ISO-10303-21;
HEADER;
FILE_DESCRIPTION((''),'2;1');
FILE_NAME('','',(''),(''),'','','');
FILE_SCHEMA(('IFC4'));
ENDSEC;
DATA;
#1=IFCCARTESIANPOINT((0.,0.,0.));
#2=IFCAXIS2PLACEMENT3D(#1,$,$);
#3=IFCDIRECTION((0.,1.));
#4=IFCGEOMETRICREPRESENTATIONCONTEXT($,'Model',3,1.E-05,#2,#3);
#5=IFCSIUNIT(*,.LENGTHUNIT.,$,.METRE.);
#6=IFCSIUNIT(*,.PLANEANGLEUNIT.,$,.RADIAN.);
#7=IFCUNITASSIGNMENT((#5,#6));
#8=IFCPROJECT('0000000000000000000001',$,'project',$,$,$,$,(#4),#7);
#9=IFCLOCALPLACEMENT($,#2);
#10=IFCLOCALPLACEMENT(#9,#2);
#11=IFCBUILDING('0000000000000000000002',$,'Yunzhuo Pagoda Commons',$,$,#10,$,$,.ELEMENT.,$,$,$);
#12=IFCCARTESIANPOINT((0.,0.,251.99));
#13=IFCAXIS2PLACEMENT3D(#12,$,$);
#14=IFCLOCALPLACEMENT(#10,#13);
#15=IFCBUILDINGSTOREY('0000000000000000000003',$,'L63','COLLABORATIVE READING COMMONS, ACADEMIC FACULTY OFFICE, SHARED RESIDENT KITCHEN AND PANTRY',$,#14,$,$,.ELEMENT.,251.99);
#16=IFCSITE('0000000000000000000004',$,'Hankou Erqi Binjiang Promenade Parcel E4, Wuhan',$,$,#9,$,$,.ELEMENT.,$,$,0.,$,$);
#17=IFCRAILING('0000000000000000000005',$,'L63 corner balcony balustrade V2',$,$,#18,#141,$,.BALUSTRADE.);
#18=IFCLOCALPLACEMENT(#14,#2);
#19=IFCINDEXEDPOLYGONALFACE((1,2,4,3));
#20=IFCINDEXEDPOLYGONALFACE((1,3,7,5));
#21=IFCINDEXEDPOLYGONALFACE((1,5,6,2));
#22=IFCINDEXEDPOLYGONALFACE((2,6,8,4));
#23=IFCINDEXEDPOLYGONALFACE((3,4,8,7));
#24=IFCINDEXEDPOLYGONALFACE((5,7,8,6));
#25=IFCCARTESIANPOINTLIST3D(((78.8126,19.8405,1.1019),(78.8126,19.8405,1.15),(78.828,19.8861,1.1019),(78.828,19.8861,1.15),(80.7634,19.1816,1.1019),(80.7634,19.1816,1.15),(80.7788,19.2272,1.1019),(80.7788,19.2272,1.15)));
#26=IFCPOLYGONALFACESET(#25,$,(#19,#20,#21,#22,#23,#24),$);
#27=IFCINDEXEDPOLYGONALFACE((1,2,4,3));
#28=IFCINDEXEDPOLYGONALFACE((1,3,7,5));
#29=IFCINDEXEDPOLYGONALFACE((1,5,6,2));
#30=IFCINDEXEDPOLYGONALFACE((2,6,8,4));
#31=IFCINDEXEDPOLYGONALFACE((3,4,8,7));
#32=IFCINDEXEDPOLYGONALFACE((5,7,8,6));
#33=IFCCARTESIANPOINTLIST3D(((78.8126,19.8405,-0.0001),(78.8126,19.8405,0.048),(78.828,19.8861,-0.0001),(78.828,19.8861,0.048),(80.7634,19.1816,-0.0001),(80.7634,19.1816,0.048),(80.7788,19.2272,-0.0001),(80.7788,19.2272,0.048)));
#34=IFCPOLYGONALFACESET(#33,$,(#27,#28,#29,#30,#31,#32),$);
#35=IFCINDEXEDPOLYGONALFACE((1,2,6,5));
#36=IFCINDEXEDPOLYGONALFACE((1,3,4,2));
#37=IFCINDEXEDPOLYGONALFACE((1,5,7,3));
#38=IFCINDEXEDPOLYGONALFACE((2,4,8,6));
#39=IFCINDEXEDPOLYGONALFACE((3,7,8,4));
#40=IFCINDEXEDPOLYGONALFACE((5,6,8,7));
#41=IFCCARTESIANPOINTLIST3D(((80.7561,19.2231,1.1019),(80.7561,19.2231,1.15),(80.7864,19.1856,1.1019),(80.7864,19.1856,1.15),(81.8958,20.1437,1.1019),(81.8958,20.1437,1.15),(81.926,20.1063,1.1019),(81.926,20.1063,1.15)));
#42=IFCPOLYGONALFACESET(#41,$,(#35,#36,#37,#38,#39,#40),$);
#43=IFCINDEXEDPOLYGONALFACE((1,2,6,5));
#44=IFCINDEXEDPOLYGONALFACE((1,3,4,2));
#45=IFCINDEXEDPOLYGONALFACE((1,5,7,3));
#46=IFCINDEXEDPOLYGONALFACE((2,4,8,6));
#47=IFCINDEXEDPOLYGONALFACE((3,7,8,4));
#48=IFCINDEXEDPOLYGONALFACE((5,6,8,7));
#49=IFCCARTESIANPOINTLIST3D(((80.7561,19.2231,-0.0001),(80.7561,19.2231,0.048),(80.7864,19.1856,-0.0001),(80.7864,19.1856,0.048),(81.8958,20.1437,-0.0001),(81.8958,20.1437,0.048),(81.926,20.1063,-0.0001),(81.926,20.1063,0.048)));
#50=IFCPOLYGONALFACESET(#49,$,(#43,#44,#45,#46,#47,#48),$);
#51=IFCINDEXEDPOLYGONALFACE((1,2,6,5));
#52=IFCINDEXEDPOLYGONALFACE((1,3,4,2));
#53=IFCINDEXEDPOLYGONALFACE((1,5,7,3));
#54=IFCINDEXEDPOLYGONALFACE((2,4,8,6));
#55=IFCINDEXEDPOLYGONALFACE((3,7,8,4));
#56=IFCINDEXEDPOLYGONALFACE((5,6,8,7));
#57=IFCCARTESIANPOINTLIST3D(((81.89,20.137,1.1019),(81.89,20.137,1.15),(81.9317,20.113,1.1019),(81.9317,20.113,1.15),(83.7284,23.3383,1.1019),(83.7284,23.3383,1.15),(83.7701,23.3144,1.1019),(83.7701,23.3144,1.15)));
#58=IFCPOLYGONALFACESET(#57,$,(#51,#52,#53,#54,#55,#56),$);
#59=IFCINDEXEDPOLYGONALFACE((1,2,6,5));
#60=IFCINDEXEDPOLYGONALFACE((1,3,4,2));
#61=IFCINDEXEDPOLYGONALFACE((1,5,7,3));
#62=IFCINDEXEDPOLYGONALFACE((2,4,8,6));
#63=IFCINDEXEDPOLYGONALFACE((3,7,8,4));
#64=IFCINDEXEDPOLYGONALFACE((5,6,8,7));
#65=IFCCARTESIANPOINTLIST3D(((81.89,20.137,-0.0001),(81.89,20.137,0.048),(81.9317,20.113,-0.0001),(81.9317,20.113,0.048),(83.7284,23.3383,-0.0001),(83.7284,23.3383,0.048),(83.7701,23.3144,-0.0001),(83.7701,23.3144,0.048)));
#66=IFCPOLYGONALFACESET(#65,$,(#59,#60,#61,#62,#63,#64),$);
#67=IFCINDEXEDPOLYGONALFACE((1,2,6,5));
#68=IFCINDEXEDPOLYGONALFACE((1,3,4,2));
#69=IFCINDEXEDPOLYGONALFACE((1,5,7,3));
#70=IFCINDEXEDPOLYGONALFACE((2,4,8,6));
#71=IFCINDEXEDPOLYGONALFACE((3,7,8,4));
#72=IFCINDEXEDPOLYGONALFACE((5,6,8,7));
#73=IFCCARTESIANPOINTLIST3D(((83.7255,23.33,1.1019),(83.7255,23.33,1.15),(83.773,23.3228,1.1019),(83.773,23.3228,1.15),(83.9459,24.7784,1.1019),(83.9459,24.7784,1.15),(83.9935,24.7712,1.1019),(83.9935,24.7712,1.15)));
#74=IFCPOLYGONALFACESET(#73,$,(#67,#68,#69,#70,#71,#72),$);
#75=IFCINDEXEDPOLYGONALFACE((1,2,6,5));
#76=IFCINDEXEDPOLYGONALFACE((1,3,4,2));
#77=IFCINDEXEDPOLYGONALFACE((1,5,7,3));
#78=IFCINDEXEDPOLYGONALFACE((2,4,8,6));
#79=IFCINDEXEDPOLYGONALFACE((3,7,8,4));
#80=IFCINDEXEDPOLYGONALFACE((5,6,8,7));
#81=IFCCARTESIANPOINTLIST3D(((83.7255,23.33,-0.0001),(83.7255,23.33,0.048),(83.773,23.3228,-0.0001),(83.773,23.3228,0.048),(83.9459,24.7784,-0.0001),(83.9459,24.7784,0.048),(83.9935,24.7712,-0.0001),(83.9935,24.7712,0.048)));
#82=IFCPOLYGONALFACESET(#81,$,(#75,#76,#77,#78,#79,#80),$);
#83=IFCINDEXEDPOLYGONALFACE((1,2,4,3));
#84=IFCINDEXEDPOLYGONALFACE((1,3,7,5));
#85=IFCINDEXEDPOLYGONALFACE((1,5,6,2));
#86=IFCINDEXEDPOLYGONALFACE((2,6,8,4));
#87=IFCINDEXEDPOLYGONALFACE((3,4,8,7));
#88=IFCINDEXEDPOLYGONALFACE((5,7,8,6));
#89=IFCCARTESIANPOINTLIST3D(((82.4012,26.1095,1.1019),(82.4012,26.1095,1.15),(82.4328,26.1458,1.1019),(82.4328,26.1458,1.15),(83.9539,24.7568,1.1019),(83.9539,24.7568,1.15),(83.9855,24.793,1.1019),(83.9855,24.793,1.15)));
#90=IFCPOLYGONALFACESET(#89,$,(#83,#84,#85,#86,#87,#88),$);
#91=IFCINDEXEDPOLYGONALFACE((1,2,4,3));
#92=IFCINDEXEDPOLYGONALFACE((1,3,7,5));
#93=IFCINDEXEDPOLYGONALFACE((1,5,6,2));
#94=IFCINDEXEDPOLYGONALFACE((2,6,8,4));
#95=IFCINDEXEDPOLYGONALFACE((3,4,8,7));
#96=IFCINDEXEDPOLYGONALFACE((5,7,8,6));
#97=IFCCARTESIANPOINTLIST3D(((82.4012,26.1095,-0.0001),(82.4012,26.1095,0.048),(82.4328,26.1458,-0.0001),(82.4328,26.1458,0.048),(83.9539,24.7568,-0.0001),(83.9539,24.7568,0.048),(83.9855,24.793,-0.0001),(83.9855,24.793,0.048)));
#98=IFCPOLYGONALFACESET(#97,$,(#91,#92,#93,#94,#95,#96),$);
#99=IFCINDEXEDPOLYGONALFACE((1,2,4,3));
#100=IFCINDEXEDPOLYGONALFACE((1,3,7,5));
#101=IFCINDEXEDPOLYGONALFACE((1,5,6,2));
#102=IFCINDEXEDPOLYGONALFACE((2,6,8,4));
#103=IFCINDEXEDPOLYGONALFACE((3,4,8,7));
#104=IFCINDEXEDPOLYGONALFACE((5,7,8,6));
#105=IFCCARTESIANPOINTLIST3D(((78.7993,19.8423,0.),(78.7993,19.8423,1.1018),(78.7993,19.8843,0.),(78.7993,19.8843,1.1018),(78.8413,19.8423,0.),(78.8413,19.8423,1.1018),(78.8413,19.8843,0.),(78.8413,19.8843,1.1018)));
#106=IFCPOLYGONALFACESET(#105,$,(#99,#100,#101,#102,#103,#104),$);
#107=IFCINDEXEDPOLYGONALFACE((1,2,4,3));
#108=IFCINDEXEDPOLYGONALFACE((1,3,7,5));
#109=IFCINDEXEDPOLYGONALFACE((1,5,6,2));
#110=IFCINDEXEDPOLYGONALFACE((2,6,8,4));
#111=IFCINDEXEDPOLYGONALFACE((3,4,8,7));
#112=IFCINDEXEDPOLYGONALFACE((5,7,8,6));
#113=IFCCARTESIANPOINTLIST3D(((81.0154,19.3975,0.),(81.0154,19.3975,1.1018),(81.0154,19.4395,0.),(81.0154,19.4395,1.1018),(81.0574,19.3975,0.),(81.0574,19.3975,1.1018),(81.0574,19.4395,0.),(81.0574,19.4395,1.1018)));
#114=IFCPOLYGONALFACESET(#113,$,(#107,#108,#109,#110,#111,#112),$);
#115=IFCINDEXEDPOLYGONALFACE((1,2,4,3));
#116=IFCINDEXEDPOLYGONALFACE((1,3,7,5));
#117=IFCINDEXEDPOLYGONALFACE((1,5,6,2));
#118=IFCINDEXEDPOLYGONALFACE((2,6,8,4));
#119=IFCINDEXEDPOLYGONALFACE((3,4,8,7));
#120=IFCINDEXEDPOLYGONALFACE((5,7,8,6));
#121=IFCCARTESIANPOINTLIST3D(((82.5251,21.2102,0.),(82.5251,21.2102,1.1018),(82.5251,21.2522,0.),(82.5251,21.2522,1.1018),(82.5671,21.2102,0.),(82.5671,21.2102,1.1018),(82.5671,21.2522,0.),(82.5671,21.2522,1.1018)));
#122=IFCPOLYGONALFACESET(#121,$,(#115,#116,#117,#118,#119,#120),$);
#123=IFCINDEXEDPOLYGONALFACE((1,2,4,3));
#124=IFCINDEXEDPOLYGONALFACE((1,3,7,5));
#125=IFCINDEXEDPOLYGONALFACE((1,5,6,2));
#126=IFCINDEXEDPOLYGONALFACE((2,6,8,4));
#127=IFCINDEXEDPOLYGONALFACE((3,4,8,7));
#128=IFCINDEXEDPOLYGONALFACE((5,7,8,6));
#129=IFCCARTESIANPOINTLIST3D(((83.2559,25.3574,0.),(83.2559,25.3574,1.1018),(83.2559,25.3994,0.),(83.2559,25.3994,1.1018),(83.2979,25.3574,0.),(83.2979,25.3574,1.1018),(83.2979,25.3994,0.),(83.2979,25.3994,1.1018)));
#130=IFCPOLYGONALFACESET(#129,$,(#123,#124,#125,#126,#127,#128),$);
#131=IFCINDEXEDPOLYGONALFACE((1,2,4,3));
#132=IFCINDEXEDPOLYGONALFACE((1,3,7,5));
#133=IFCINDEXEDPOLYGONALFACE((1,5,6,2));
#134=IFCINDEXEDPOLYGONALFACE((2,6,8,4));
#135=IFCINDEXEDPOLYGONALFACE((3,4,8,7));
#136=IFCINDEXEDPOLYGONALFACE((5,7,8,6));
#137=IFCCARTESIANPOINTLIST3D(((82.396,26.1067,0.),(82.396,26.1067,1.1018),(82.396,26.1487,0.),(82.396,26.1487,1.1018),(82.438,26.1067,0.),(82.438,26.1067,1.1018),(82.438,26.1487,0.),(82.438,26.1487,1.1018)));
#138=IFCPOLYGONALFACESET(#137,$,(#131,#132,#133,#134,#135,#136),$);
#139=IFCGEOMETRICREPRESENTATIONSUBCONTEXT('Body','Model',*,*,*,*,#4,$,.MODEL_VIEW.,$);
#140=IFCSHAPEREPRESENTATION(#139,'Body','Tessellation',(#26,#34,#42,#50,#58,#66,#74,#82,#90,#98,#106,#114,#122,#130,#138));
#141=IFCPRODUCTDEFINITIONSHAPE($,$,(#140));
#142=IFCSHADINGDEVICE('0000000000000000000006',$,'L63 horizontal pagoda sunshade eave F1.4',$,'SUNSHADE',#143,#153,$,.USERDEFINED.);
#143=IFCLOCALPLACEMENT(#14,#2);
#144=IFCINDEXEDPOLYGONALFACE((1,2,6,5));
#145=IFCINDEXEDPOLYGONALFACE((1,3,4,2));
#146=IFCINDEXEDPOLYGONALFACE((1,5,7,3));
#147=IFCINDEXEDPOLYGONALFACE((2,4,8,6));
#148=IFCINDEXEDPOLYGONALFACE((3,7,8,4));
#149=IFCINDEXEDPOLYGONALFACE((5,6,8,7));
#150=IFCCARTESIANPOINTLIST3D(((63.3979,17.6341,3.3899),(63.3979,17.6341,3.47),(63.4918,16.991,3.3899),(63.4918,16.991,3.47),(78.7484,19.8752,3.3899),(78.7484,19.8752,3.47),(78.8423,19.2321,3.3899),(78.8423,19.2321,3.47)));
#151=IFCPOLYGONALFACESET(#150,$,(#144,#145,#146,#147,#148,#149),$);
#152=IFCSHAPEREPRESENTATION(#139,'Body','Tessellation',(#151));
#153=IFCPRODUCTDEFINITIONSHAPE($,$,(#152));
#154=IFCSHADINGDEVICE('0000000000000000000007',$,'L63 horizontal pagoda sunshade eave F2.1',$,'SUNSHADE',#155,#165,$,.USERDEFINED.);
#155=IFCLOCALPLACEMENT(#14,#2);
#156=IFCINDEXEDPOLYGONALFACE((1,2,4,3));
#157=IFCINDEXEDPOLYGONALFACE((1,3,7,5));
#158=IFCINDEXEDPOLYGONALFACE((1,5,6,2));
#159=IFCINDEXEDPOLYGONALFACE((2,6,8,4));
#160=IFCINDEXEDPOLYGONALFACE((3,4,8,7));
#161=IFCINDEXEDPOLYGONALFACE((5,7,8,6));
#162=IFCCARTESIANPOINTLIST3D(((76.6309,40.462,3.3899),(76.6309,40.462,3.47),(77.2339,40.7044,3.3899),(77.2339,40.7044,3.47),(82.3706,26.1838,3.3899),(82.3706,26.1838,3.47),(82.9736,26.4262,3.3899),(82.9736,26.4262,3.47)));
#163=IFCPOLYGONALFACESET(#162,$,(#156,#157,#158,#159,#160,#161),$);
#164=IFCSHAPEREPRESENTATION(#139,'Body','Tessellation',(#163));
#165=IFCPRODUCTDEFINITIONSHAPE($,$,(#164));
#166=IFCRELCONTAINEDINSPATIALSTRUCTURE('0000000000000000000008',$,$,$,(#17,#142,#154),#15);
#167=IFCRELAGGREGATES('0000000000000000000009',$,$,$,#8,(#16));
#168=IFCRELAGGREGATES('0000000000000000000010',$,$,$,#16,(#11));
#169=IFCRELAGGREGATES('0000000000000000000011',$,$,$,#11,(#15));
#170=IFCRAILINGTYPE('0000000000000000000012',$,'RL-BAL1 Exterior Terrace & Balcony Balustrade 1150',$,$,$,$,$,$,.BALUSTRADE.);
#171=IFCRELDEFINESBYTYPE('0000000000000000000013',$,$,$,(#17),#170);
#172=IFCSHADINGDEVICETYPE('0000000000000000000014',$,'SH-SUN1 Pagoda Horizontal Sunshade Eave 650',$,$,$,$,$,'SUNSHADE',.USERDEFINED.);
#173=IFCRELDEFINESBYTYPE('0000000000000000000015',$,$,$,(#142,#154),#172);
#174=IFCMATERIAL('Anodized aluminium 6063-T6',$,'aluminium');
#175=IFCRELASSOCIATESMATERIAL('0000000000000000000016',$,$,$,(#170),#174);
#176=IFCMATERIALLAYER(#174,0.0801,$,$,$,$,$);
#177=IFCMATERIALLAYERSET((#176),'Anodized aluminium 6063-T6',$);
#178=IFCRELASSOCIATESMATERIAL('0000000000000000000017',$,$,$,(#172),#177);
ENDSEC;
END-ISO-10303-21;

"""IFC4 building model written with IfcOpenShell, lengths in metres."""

from ifc_helpers import new_model, si_unit, direction, frame, origin, origin_2d, place, context, subcontext, project, spatial, rectangle, extrude, source, transform, mapped, material, layer, layer_set, type_object, element, save


model = new_model("IFC4")

# Units and contexts
model_context = context("Model", 3, precision=1e-05, world=origin(), true_north=direction((0.0, 1.0)))
body_context = subcontext(model_context, "Body", "Model", "MODEL_VIEW")
ifc_project = project(units=[si_unit("LENGTHUNIT", "METRE"), si_unit("PLANEANGLEUNIT", "RADIAN")], contexts=[model_context])

# Site, building, storey
site_placement = place(None, origin())
site = spatial("IfcSite", under=ifc_project, at=site_placement, Name="Hankou Erqi Binjiang Promenade Parcel E4, Wuhan", CompositionType="ELEMENT", RefElevation=0.0)
building_placement = place(site_placement, origin())
building = spatial("IfcBuilding", under=site, at=building_placement, Name="Yunzhuo Pagoda Commons", CompositionType="ELEMENT")
storey_placement = place(building_placement, frame((0.0, 0.0, 251.99)))
storey = spatial("IfcBuildingStorey", under=building, at=storey_placement, Name="L63", Description="COLLABORATIVE READING COMMONS, ACADEMIC FACULTY OFFICE, SHARED RESIDENT KITCHEN AND PANTRY", CompositionType="ELEMENT", Elevation=251.99)

# Shared definitions
ifc_material_1 = material(Name="Anodized aluminium 6063-T6", Category="aluminium")

# Railing
railing_type = type_object("IfcRailingType", Name="RL-BAL1 Exterior Terrace & Balcony Balustrade 1150", PredefinedType="BALUSTRADE", material=ifc_material_1)
railing_placement = place(storey_placement, frame((78.8203, 19.8633, 0.0)))
element("IfcRailing", 1, at=railing_placement, inside=storey, type_object=railing_type, Name="L63 corner balcony balustrade V2", PredefinedType="BALUSTRADE", context=body_context, shape_type="SweptSolid", body=[
    extrude(rectangle(XDim=0.0481, YDim=0.0481, at=origin_2d()), frame((0.0, 0.0, 1.126), z_axis=(0.947419, -0.319996, 0.0), x_axis=(0.319996, 0.947419, 0.0)), (0.0, 0.0, 1.0), 2.0591),
    extrude(rectangle(XDim=0.0481, YDim=0.0481, at=origin_2d()), frame((0.0, 0.0, 0.0239), z_axis=(0.947419, -0.319996, 0.0), x_axis=(0.319996, 0.947419, 0.0)), (0.0, 0.0, 1.0), 2.0591),
    extrude(rectangle(XDim=0.0481, YDim=0.0481, at=origin_2d()), frame((1.9509, -0.6589, 1.126), z_axis=(0.777885, 0.628407, 0.0), x_axis=(-0.628407, 0.777885, 0.0)), (0.0, 0.0, 1.0), 1.4651),
    extrude(rectangle(XDim=0.0481, YDim=0.0481, at=origin_2d()), frame((1.9509, -0.6589, 0.0239), z_axis=(0.777885, 0.628407, 0.0), x_axis=(-0.628407, 0.777885, 0.0)), (0.0, 0.0, 1.0), 1.4651),
    extrude(rectangle(XDim=0.0481, YDim=0.0481, at=origin_2d()), frame((3.0906, 0.2617, 1.126), z_axis=(0.497975, 0.867191, 0.0), x_axis=(-0.867191, 0.497975, 0.0)), (0.0, 0.0, 1.0), 3.6917),
    extrude(rectangle(XDim=0.0481, YDim=0.0481, at=origin_2d()), frame((3.0906, 0.2617, 0.0239), z_axis=(0.497975, 0.867191, 0.0), x_axis=(-0.867191, 0.497975, 0.0)), (0.0, 0.0, 1.0), 3.6917),
    extrude(rectangle(XDim=0.0481, YDim=0.0481, at=origin_2d()), frame((4.929, 3.4631, 1.126), z_axis=(0.150467, 0.988615, 0.0), x_axis=(-0.988615, 0.150467, 0.0)), (0.0, 0.0, 1.0), 1.4651),
    extrude(rectangle(XDim=0.0481, YDim=0.0481, at=origin_2d()), frame((4.929, 3.4631, 0.0239), z_axis=(0.150467, 0.988615, 0.0), x_axis=(-0.988615, 0.150467, 0.0)), (0.0, 0.0, 1.0), 1.4651),
    extrude(rectangle(XDim=0.0481, YDim=0.0481, at=origin_2d()), frame((5.1494, 4.9116, 1.126), z_axis=(-0.753985, 0.656892, 0.0), x_axis=(-0.656892, -0.753985, 0.0)), (0.0, 0.0, 1.0), 2.0593),
    extrude(rectangle(XDim=0.0481, YDim=0.0481, at=origin_2d()), frame((5.1494, 4.9116, 0.0239), z_axis=(-0.753985, 0.656892, 0.0), x_axis=(-0.656892, -0.753985, 0.0)), (0.0, 0.0, 1.0), 2.0593),
    extrude(rectangle(XDim=0.042, YDim=0.042, at=origin_2d()), origin(), (0.0, 0.0, 1.0), 1.1018),
    extrude(rectangle(XDim=0.042, YDim=0.042, at=origin_2d()), frame((2.2161, -0.4448, 0.0)), (0.0, 0.0, 1.0), 1.1018),
    extrude(rectangle(XDim=0.042, YDim=0.042, at=origin_2d()), frame((3.7258, 1.3679, 0.0)), (0.0, 0.0, 1.0), 1.1018),
    extrude(rectangle(XDim=0.042, YDim=0.042, at=origin_2d()), frame((4.4565, 5.5151, 0.0)), (0.0, 0.0, 1.0), 1.1018),
    extrude(rectangle(XDim=0.042, YDim=0.042, at=origin_2d()), frame((3.5967, 6.2644, 0.0)), (0.0, 0.0, 1.0), 1.1018),
])

# Shading devices
ifc_layer_1 = layer(ifc_material_1, 0.0801)
ifc_layer_set_1 = layer_set([ifc_layer_1], Name="Anodized aluminium 6063-T6")
shading_device_type = type_object("IfcShadingDeviceType", Name="SH-SUN1 Pagoda Horizontal Sunshade Eave 650", ElementType="SUNSHADE", PredefinedType="USERDEFINED", material=ifc_layer_set_1)
shared_shape_1 = source(origin(), body_context, "Body", "SweptSolid", [
    extrude(rectangle(XDim=15.5132, YDim=0.6499, at=origin_2d()), origin(), (0.0, 0.0, 1.0), 0.0801),
])
shading_device_1_placement = place(storey_placement, frame((71.1201, 18.4331, 3.3899), z_axis=(0.0, 0.0, 1.0), x_axis=(0.989511, 0.14446, 0.0)))
element("IfcShadingDevice", 2, at=shading_device_1_placement, inside=storey, type_object=shading_device_type, Name="L63 horizontal pagoda sunshade eave F1.4", ObjectType="SUNSHADE", PredefinedType="USERDEFINED", context=body_context, shape_type="MappedRepresentation", body=[
    mapped(shared_shape_1, transform((0.0, 0.0, 0.0), scale=1.0)),
])
shared_shape_2 = source(origin(), body_context, "Body", "SweptSolid", [
    extrude(rectangle(XDim=15.3887, YDim=0.6499, at=origin_2d()), origin(), (0.0, 0.0, 1.0), 0.0801),
])
shading_device_2_placement = place(storey_placement, frame((79.8022, 33.4441, 3.3899), z_axis=(0.0, 0.0, 1.0), x_axis=(-0.372988, 0.927836, 0.0)))
element("IfcShadingDevice", 3, at=shading_device_2_placement, inside=storey, type_object=shading_device_type, Name="L63 horizontal pagoda sunshade eave F2.1", ObjectType="SUNSHADE", PredefinedType="USERDEFINED", context=body_context, shape_type="MappedRepresentation", body=[
    mapped(shared_shape_2, transform((0.0, 0.0, 0.0), scale=1.0)),
])

save(model, "model.ifc")
